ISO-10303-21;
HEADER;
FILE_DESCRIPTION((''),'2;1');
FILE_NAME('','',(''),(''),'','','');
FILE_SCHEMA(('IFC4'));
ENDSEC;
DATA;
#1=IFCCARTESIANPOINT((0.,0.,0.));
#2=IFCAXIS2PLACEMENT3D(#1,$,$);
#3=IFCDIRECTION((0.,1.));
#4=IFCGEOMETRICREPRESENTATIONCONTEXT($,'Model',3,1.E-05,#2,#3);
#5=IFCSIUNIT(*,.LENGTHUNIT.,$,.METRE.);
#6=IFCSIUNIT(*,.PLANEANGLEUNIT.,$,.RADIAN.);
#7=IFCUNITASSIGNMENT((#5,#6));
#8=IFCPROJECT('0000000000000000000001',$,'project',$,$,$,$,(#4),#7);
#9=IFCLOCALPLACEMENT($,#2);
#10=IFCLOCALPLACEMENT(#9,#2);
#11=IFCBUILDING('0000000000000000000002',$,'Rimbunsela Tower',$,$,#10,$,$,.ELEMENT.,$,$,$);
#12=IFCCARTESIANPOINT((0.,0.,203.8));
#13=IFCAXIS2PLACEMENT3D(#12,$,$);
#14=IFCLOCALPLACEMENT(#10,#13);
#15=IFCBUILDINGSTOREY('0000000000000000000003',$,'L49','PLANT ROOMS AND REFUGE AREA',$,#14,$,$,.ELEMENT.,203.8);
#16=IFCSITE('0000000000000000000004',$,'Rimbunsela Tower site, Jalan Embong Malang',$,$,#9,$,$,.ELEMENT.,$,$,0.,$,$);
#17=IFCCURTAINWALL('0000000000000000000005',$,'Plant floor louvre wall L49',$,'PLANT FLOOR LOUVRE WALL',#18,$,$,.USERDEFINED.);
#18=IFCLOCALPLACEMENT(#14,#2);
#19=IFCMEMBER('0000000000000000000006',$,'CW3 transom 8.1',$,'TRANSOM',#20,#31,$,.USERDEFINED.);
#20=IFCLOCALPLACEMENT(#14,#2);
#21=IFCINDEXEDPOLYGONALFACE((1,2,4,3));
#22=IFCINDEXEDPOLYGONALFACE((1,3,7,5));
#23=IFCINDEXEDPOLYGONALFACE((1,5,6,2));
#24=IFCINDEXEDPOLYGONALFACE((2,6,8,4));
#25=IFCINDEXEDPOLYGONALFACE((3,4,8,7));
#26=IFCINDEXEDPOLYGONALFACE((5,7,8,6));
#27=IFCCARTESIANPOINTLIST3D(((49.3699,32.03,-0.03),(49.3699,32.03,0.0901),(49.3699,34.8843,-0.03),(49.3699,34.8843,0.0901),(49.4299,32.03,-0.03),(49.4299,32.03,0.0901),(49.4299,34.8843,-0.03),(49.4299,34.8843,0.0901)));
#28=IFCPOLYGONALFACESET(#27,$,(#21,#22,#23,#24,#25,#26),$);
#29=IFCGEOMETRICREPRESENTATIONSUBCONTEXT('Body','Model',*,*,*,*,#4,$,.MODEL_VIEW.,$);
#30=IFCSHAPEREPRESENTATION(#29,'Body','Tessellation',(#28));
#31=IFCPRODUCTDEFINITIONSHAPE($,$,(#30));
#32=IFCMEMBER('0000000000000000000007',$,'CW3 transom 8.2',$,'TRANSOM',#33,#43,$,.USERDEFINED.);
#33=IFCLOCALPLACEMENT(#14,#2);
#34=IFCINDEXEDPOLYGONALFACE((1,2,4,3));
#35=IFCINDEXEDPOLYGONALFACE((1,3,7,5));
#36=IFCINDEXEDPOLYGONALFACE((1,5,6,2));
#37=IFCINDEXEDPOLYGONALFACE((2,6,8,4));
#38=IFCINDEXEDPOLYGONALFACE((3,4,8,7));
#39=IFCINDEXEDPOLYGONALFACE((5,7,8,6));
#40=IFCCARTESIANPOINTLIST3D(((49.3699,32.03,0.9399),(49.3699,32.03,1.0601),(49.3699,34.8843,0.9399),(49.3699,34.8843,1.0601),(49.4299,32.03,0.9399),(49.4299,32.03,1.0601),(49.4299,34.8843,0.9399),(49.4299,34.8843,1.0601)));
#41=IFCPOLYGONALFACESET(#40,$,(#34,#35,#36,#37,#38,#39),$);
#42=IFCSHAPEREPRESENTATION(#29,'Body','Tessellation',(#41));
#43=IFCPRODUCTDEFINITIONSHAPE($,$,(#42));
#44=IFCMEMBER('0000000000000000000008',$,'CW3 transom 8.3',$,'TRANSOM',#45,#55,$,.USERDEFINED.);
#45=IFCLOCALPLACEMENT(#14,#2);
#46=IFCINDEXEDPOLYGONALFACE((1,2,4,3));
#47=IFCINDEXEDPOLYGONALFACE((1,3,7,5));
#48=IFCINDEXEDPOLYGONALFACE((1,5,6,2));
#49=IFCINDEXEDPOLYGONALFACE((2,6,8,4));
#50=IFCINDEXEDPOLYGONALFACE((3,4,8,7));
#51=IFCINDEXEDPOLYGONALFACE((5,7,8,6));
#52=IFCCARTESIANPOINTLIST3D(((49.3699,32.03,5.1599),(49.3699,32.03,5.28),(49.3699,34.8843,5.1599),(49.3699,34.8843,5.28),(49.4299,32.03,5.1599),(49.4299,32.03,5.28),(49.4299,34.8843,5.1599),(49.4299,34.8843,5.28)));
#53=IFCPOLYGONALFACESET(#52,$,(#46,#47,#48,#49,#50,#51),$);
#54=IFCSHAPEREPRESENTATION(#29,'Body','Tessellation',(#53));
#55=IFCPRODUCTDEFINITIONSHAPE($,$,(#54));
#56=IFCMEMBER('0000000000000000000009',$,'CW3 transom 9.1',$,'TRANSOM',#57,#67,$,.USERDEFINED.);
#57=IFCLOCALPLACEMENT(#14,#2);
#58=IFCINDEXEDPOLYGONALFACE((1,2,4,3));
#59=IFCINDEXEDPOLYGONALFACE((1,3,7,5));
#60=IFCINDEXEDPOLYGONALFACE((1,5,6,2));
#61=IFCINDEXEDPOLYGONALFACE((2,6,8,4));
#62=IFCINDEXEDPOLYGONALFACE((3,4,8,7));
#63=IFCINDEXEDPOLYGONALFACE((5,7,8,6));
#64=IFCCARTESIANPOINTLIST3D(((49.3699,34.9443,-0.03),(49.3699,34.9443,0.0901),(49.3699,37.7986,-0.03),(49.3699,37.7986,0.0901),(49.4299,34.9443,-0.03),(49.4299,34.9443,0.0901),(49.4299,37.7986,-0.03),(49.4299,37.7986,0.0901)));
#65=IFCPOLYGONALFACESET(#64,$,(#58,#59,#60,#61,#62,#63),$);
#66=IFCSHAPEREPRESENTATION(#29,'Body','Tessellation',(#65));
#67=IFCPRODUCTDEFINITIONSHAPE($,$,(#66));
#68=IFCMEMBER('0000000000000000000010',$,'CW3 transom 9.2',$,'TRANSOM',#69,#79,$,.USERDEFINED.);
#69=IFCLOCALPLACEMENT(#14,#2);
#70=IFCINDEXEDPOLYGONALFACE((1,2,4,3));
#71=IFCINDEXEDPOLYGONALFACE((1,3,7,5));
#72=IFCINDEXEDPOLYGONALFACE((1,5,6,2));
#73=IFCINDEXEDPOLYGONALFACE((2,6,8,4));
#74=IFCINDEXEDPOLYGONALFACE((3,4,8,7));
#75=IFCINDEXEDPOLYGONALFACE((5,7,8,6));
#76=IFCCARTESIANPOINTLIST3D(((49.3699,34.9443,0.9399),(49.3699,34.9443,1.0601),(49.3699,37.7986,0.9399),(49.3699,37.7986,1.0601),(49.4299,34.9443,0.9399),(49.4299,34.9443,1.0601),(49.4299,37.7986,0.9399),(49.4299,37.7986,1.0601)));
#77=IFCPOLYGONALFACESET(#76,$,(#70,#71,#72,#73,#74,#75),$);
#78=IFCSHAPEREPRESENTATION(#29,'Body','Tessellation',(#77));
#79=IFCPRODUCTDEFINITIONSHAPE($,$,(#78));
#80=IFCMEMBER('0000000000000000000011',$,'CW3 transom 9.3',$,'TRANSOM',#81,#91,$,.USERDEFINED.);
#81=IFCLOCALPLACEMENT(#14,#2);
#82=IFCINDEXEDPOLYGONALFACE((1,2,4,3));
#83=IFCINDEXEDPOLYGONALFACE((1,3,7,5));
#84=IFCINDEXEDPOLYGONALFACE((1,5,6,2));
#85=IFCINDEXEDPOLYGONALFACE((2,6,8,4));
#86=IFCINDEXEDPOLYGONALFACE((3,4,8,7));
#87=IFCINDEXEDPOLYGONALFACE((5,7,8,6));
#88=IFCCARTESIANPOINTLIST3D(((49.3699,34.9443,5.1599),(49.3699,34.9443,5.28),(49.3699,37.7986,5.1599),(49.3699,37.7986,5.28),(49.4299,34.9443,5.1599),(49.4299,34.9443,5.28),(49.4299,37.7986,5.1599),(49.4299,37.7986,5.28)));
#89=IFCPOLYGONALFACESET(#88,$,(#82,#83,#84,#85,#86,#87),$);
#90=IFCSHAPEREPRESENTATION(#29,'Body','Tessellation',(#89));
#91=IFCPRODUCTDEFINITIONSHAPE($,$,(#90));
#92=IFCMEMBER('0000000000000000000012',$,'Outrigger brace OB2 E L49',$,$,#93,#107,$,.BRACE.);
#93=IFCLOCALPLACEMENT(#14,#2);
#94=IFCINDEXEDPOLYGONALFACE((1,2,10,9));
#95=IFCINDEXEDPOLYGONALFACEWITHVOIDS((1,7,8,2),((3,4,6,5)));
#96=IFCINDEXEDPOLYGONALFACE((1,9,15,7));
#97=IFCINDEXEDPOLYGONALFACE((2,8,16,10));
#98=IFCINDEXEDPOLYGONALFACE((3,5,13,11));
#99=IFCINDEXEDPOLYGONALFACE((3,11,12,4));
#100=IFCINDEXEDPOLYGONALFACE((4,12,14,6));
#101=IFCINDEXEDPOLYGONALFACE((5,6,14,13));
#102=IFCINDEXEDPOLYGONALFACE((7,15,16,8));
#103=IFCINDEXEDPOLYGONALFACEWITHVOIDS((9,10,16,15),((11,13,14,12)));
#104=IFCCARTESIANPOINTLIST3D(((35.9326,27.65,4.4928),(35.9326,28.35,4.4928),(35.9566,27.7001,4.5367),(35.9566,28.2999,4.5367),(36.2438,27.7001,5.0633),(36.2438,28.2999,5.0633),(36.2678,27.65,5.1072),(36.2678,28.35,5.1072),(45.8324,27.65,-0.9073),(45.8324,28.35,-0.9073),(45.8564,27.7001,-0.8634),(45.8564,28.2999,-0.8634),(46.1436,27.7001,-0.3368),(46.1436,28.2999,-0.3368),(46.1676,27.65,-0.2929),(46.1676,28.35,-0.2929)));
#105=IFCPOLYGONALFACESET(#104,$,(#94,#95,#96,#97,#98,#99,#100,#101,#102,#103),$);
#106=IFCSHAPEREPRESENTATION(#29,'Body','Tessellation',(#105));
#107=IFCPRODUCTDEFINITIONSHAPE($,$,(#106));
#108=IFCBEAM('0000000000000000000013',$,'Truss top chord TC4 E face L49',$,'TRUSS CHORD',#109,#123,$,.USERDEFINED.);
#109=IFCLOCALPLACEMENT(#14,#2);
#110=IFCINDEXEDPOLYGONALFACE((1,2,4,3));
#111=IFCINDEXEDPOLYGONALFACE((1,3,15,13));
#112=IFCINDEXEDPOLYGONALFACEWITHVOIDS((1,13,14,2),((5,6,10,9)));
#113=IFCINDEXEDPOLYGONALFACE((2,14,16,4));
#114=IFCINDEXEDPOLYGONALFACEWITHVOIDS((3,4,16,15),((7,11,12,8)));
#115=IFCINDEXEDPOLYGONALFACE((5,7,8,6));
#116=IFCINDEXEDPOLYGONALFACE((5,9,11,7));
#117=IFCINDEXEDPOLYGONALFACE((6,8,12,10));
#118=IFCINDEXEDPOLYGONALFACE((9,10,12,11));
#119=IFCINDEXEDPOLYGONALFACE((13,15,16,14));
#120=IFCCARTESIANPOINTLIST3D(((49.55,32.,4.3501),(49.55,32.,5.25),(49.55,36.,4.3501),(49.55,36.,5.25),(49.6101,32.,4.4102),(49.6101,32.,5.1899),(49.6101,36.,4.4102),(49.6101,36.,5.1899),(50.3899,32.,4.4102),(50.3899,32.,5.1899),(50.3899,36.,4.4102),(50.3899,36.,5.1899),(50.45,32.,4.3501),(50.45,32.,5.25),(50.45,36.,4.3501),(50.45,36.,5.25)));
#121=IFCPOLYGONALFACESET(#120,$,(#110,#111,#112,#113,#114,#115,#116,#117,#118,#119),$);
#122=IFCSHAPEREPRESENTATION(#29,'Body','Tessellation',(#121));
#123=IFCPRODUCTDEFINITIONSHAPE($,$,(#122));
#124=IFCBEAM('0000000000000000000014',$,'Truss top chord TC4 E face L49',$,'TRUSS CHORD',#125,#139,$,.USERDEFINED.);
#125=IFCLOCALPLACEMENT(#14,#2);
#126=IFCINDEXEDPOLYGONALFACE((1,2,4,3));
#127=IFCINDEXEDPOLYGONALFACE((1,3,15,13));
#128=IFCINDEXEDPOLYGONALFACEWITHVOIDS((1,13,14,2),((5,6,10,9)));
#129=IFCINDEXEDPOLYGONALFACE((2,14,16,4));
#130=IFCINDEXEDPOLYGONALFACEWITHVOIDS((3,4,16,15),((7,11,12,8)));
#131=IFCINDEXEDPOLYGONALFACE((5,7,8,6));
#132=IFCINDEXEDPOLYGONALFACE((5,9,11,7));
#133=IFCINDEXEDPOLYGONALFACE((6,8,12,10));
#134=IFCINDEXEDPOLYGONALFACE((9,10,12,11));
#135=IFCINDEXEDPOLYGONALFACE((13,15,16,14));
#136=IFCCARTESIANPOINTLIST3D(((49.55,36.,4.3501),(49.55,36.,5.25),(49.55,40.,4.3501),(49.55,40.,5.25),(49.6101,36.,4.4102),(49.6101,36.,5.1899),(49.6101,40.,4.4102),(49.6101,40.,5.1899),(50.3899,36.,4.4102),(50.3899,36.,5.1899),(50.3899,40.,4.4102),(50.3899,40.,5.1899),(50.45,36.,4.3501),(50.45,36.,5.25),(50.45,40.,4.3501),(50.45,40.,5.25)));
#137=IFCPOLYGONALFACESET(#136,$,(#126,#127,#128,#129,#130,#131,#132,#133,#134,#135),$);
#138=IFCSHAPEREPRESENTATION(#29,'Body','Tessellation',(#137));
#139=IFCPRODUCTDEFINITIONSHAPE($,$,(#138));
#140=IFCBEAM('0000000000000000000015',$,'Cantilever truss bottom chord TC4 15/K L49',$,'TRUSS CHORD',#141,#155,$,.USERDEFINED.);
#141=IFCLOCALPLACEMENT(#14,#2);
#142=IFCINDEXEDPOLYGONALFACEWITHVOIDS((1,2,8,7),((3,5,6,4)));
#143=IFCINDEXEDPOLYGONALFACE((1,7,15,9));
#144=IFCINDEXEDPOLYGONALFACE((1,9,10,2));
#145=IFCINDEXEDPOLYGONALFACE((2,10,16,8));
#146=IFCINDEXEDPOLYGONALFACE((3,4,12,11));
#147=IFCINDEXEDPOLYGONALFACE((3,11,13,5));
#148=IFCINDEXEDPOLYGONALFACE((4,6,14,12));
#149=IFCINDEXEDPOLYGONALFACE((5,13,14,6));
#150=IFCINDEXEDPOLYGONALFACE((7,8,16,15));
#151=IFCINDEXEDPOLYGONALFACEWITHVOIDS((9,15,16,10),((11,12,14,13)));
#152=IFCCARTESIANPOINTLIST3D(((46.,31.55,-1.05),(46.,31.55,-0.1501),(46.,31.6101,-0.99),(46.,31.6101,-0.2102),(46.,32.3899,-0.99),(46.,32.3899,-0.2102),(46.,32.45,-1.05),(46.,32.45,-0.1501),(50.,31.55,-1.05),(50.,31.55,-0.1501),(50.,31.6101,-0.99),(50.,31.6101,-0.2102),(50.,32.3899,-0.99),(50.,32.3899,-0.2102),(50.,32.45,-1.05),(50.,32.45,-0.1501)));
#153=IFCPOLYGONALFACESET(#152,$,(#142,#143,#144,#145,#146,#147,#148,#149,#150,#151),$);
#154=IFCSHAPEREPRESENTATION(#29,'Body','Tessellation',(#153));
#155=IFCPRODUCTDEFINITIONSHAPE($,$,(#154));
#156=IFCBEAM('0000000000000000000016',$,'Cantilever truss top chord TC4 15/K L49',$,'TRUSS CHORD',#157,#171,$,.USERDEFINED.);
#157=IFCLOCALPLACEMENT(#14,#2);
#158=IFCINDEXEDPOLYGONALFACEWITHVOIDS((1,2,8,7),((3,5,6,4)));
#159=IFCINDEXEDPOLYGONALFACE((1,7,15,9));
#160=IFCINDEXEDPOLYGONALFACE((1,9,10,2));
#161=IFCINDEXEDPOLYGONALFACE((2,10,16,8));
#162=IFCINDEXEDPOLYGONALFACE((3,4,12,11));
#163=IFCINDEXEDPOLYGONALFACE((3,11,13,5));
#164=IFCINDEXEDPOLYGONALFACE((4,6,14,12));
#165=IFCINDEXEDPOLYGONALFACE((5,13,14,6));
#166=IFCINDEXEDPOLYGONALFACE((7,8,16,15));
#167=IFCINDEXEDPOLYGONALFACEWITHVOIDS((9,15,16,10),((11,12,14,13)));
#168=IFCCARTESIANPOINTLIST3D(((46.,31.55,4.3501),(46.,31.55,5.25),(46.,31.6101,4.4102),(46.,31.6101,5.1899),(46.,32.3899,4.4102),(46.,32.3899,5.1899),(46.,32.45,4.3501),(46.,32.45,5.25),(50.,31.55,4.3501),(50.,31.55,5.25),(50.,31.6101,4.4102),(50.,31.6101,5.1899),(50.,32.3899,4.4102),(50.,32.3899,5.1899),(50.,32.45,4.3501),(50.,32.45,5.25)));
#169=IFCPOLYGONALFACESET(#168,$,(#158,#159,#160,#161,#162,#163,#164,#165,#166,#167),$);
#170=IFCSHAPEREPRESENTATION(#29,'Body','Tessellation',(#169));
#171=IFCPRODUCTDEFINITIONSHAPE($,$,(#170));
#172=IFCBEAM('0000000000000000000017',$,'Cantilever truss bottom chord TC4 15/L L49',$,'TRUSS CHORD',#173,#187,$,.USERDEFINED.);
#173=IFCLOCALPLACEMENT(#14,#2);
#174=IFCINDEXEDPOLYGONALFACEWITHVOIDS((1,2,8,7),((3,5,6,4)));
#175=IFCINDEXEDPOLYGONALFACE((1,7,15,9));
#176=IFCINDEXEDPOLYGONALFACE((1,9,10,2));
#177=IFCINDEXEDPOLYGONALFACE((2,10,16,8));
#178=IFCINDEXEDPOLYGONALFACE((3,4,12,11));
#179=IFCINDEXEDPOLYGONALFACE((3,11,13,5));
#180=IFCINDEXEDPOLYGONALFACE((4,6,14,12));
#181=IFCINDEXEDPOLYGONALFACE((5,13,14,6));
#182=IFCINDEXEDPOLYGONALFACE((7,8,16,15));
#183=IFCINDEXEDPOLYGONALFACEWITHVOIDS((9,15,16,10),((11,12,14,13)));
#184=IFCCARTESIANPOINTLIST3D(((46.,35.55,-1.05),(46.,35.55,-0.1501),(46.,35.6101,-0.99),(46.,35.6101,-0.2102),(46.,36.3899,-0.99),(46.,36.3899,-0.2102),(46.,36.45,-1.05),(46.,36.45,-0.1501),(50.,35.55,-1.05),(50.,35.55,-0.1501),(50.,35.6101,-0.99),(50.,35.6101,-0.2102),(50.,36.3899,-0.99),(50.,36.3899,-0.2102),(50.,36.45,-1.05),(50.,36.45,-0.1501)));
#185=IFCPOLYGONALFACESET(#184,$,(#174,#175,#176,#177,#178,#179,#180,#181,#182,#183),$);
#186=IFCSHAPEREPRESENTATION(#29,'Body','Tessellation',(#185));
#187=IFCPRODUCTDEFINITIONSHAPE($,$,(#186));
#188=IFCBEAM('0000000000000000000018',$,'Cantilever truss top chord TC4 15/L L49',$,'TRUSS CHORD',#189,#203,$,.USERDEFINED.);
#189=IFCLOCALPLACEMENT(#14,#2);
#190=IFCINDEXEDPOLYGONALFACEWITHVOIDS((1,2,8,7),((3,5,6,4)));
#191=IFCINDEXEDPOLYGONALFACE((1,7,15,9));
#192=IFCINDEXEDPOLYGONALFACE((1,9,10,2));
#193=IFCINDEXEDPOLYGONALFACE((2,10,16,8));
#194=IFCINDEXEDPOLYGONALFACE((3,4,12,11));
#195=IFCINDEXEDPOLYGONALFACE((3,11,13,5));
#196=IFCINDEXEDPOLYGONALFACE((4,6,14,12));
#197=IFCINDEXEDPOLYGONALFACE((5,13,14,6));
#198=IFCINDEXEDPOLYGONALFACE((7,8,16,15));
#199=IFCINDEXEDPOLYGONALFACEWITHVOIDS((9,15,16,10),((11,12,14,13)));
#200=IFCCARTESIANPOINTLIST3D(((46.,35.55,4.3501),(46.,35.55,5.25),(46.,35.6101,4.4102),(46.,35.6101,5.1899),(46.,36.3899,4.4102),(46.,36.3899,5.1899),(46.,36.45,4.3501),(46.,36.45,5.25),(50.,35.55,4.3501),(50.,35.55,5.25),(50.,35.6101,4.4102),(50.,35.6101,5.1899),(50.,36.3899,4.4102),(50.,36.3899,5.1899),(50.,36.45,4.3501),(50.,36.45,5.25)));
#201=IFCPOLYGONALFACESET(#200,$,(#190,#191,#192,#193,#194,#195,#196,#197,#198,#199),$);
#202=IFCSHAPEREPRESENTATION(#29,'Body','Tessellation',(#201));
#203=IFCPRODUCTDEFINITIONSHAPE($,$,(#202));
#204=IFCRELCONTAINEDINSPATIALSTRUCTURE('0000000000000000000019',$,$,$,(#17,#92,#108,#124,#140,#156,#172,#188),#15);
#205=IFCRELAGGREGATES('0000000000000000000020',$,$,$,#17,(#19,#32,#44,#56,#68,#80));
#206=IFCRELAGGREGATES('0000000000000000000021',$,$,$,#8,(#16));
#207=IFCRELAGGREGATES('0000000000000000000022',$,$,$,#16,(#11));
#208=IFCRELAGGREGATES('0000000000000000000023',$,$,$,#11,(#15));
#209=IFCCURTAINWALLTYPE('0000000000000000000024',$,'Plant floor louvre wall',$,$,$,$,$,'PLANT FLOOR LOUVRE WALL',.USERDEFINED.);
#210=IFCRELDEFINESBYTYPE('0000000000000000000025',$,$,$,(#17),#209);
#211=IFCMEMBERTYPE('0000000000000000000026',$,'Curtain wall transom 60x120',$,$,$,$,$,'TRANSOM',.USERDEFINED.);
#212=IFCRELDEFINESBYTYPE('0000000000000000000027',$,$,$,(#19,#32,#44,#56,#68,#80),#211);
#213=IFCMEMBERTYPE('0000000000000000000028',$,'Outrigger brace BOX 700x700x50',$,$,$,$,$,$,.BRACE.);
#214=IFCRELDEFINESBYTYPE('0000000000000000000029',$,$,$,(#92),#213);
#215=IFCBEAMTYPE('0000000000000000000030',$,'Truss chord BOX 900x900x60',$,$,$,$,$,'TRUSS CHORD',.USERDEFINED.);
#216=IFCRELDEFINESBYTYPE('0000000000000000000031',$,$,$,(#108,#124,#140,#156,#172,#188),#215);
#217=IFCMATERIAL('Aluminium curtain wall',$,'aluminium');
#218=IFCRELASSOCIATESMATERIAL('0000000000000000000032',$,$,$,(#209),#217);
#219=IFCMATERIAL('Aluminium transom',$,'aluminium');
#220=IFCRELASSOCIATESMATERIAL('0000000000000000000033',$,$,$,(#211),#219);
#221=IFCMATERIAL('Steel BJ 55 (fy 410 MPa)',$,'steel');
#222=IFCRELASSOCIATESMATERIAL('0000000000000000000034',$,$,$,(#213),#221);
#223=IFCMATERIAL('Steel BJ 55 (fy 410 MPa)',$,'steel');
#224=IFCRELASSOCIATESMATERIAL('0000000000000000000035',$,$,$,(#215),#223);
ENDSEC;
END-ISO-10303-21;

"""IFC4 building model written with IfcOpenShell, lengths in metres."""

from ifc_helpers import new_model, si_unit, direction, frame, origin, origin_2d, place, context, subcontext, project, spatial, rectangle, hollow_rectangle, extrude, material, material_profile, profile_set, type_object, element, aggregate, save


model = new_model("IFC4")

# Units and contexts
model_context = context("Model", 3, precision=1e-05, world=origin(), true_north=direction((0.0, 1.0)))
body_context = subcontext(model_context, "Body", "Model", "MODEL_VIEW")
ifc_project = project(units=[si_unit("LENGTHUNIT", "METRE"), si_unit("PLANEANGLEUNIT", "RADIAN")], contexts=[model_context])

# Site, building, storey
site_placement = place(None, origin())
site = spatial("IfcSite", under=ifc_project, at=site_placement, Name="Rimbunsela Tower site, Jalan Embong Malang", CompositionType="ELEMENT", RefElevation=0.0)
building_placement = place(site_placement, origin())
building = spatial("IfcBuilding", under=site, at=building_placement, Name="Rimbunsela Tower", CompositionType="ELEMENT")
storey_placement = place(building_placement, frame((0.0, 0.0, 203.8)))
storey = spatial("IfcBuildingStorey", under=building, at=storey_placement, Name="L49", Description="PLANT ROOMS AND REFUGE AREA", CompositionType="ELEMENT", Elevation=203.8)

# Curtain wall, members
ifc_material_1 = material(Name="Aluminium curtain wall", Category="aluminium")
curtain_wall_type = type_object("IfcCurtainWallType", Name="Plant floor louvre wall", ElementType="PLANT FLOOR LOUVRE WALL", PredefinedType="USERDEFINED", material=ifc_material_1)
curtain_wall_placement = place(storey_placement, origin())
curtain_wall = element("IfcCurtainWall", 1, at=curtain_wall_placement, inside=storey, type_object=curtain_wall_type, Name="Plant floor louvre wall L49", ObjectType="PLANT FLOOR LOUVRE WALL", PredefinedType="USERDEFINED")
ifc_material_2 = material(Name="Aluminium transom", Category="aluminium")
ifc_material_profile_1 = material_profile(ifc_material_2, rectangle(XDim=0.0601, YDim=0.1201, at=origin_2d()), Name="Transom 60x120")
ifc_profile_set_1 = profile_set([ifc_material_profile_1], Name="Aluminium transom")
member_type_1 = type_object("IfcMemberType", Name="Curtain wall transom 60x120", ElementType="TRANSOM", PredefinedType="USERDEFINED", material=ifc_profile_set_1)
member_1_placement = place(storey_placement, frame((49.3999, 32.03, 0.03), z_axis=(0.0, 1.0, 0.0), x_axis=(-1.0, 0.0, 0.0)))
member_1 = element("IfcMember", 2, at=member_1_placement, type_object=member_type_1, Name="CW3 transom 8.1", ObjectType="TRANSOM", PredefinedType="USERDEFINED", context=body_context, shape_type="SweptSolid", body=[
    extrude(rectangle(XDim=0.0601, YDim=0.1201, at=origin_2d()), origin(), (0.0, 0.0, 1.0), 2.8542),
])
member_2_placement = place(storey_placement, frame((49.3999, 32.03, 1.0), z_axis=(0.0, 1.0, 0.0), x_axis=(-1.0, 0.0, 0.0)))
member_2 = element("IfcMember", 3, at=member_2_placement, type_object=member_type_1, Name="CW3 transom 8.2", ObjectType="TRANSOM", PredefinedType="USERDEFINED", context=body_context, shape_type="SweptSolid", body=[
    extrude(rectangle(XDim=0.0601, YDim=0.1201, at=origin_2d()), origin(), (0.0, 0.0, 1.0), 2.8542),
])
member_3_placement = place(storey_placement, frame((49.3999, 32.03, 5.22), z_axis=(0.0, 1.0, 0.0), x_axis=(-1.0, 0.0, 0.0)))
member_3 = element("IfcMember", 4, at=member_3_placement, type_object=member_type_1, Name="CW3 transom 8.3", ObjectType="TRANSOM", PredefinedType="USERDEFINED", context=body_context, shape_type="SweptSolid", body=[
    extrude(rectangle(XDim=0.0601, YDim=0.1201, at=origin_2d()), origin(), (0.0, 0.0, 1.0), 2.8542),
])
member_4_placement = place(storey_placement, frame((49.3999, 34.9443, 0.03), z_axis=(0.0, 1.0, 0.0), x_axis=(-1.0, 0.0, 0.0)))
member_4 = element("IfcMember", 5, at=member_4_placement, type_object=member_type_1, Name="CW3 transom 9.1", ObjectType="TRANSOM", PredefinedType="USERDEFINED", context=body_context, shape_type="SweptSolid", body=[
    extrude(rectangle(XDim=0.0601, YDim=0.1201, at=origin_2d()), origin(), (0.0, 0.0, 1.0), 2.8542),
])
member_5_placement = place(storey_placement, frame((49.3999, 34.9443, 1.0), z_axis=(0.0, 1.0, 0.0), x_axis=(-1.0, 0.0, 0.0)))
member_5 = element("IfcMember", 6, at=member_5_placement, type_object=member_type_1, Name="CW3 transom 9.2", ObjectType="TRANSOM", PredefinedType="USERDEFINED", context=body_context, shape_type="SweptSolid", body=[
    extrude(rectangle(XDim=0.0601, YDim=0.1201, at=origin_2d()), origin(), (0.0, 0.0, 1.0), 2.8542),
])
member_6_placement = place(storey_placement, frame((49.3999, 34.9443, 5.22), z_axis=(0.0, 1.0, 0.0), x_axis=(-1.0, 0.0, 0.0)))
member_6 = element("IfcMember", 7, at=member_6_placement, type_object=member_type_1, Name="CW3 transom 9.3", ObjectType="TRANSOM", PredefinedType="USERDEFINED", context=body_context, shape_type="SweptSolid", body=[
    extrude(rectangle(XDim=0.0601, YDim=0.1201, at=origin_2d()), origin(), (0.0, 0.0, 1.0), 2.8542),
])

# Member
ifc_material_3 = material(Name="Steel BJ 55 (fy 410 MPa)", Category="steel")
ifc_material_profile_2 = material_profile(ifc_material_3, hollow_rectangle(XDim=0.7, YDim=0.7, WallThickness=0.05, at=origin_2d()), Name="BOX 700x700x50")
ifc_profile_set_2 = profile_set([ifc_material_profile_2], Name="Steel BJ 55 (fy 410 MPa)")
member_type_2 = type_object("IfcMemberType", Name="Outrigger brace BOX 700x700x50", PredefinedType="BRACE", material=ifc_profile_set_2)
member_7_placement = place(storey_placement, frame((46.0, 28.0, -0.6001), z_axis=(-0.877888, 0.0, 0.478866), x_axis=(0.0, -1.0, 0.0)))
element("IfcMember", 8, at=member_7_placement, inside=storey, type_object=member_type_2, Name="Outrigger brace OB2 E L49", PredefinedType="BRACE", context=body_context, shape_type="SweptSolid", body=[
    extrude(hollow_rectangle(XDim=0.7, YDim=0.7, WallThickness=0.05, at=origin_2d()), origin(), (0.0, 0.0, 1.0), 11.2769),
])

# Beams
ifc_material_4 = material(Name="Steel BJ 55 (fy 410 MPa)", Category="steel")
ifc_material_profile_3 = material_profile(ifc_material_4, hollow_rectangle(XDim=0.8999, YDim=0.8999, WallThickness=0.0601, at=origin_2d()), Name="BOX 900x900x60")
ifc_profile_set_3 = profile_set([ifc_material_profile_3], Name="Steel BJ 55 (fy 410 MPa)")
beam_type_1 = type_object("IfcBeamType", Name="Truss chord BOX 900x900x60", ElementType="TRUSS CHORD", PredefinedType="USERDEFINED", material=ifc_profile_set_3)
for number, where, z_axis, x_axis, name in (
    (9, (50.0, 32.0, 4.8), (0.0, 1.0, 0.0), (-1.0, 0.0, 0.0), "Truss top chord TC4 E face L49"),
    (10, (50.0, 36.0, 4.8), (0.0, 1.0, 0.0), (-1.0, 0.0, 0.0), "Truss top chord TC4 E face L49"),
    (11, (46.0, 32.0, -0.6001), (1.0, 0.0, 0.0), (0.0, 1.0, 0.0), "Cantilever truss bottom chord TC4 15/K L49"),
    (12, (46.0, 32.0, 4.8), (1.0, 0.0, 0.0), (0.0, 1.0, 0.0), "Cantilever truss top chord TC4 15/K L49"),
    (13, (46.0, 36.0, -0.6001), (1.0, 0.0, 0.0), (0.0, 1.0, 0.0), "Cantilever truss bottom chord TC4 15/L L49"),
    (14, (46.0, 36.0, 4.8), (1.0, 0.0, 0.0), (0.0, 1.0, 0.0), "Cantilever truss top chord TC4 15/L L49"),
):
    element("IfcBeam", number, at=place(storey_placement, frame(where, z_axis=z_axis, x_axis=x_axis)), inside=storey, type_object=beam_type_1, Name=name, ObjectType="TRUSS CHORD", PredefinedType="USERDEFINED", context=body_context, shape_type="SweptSolid", body=[
        extrude(hollow_rectangle(XDim=0.8999, YDim=0.8999, WallThickness=0.0601, at=origin_2d()), origin(), (0.0, 0.0, 1.0), 4.0),
    ])

aggregate(curtain_wall, [member_1, member_2, member_3, member_4, member_5, member_6])

save(model, "model.ifc")
